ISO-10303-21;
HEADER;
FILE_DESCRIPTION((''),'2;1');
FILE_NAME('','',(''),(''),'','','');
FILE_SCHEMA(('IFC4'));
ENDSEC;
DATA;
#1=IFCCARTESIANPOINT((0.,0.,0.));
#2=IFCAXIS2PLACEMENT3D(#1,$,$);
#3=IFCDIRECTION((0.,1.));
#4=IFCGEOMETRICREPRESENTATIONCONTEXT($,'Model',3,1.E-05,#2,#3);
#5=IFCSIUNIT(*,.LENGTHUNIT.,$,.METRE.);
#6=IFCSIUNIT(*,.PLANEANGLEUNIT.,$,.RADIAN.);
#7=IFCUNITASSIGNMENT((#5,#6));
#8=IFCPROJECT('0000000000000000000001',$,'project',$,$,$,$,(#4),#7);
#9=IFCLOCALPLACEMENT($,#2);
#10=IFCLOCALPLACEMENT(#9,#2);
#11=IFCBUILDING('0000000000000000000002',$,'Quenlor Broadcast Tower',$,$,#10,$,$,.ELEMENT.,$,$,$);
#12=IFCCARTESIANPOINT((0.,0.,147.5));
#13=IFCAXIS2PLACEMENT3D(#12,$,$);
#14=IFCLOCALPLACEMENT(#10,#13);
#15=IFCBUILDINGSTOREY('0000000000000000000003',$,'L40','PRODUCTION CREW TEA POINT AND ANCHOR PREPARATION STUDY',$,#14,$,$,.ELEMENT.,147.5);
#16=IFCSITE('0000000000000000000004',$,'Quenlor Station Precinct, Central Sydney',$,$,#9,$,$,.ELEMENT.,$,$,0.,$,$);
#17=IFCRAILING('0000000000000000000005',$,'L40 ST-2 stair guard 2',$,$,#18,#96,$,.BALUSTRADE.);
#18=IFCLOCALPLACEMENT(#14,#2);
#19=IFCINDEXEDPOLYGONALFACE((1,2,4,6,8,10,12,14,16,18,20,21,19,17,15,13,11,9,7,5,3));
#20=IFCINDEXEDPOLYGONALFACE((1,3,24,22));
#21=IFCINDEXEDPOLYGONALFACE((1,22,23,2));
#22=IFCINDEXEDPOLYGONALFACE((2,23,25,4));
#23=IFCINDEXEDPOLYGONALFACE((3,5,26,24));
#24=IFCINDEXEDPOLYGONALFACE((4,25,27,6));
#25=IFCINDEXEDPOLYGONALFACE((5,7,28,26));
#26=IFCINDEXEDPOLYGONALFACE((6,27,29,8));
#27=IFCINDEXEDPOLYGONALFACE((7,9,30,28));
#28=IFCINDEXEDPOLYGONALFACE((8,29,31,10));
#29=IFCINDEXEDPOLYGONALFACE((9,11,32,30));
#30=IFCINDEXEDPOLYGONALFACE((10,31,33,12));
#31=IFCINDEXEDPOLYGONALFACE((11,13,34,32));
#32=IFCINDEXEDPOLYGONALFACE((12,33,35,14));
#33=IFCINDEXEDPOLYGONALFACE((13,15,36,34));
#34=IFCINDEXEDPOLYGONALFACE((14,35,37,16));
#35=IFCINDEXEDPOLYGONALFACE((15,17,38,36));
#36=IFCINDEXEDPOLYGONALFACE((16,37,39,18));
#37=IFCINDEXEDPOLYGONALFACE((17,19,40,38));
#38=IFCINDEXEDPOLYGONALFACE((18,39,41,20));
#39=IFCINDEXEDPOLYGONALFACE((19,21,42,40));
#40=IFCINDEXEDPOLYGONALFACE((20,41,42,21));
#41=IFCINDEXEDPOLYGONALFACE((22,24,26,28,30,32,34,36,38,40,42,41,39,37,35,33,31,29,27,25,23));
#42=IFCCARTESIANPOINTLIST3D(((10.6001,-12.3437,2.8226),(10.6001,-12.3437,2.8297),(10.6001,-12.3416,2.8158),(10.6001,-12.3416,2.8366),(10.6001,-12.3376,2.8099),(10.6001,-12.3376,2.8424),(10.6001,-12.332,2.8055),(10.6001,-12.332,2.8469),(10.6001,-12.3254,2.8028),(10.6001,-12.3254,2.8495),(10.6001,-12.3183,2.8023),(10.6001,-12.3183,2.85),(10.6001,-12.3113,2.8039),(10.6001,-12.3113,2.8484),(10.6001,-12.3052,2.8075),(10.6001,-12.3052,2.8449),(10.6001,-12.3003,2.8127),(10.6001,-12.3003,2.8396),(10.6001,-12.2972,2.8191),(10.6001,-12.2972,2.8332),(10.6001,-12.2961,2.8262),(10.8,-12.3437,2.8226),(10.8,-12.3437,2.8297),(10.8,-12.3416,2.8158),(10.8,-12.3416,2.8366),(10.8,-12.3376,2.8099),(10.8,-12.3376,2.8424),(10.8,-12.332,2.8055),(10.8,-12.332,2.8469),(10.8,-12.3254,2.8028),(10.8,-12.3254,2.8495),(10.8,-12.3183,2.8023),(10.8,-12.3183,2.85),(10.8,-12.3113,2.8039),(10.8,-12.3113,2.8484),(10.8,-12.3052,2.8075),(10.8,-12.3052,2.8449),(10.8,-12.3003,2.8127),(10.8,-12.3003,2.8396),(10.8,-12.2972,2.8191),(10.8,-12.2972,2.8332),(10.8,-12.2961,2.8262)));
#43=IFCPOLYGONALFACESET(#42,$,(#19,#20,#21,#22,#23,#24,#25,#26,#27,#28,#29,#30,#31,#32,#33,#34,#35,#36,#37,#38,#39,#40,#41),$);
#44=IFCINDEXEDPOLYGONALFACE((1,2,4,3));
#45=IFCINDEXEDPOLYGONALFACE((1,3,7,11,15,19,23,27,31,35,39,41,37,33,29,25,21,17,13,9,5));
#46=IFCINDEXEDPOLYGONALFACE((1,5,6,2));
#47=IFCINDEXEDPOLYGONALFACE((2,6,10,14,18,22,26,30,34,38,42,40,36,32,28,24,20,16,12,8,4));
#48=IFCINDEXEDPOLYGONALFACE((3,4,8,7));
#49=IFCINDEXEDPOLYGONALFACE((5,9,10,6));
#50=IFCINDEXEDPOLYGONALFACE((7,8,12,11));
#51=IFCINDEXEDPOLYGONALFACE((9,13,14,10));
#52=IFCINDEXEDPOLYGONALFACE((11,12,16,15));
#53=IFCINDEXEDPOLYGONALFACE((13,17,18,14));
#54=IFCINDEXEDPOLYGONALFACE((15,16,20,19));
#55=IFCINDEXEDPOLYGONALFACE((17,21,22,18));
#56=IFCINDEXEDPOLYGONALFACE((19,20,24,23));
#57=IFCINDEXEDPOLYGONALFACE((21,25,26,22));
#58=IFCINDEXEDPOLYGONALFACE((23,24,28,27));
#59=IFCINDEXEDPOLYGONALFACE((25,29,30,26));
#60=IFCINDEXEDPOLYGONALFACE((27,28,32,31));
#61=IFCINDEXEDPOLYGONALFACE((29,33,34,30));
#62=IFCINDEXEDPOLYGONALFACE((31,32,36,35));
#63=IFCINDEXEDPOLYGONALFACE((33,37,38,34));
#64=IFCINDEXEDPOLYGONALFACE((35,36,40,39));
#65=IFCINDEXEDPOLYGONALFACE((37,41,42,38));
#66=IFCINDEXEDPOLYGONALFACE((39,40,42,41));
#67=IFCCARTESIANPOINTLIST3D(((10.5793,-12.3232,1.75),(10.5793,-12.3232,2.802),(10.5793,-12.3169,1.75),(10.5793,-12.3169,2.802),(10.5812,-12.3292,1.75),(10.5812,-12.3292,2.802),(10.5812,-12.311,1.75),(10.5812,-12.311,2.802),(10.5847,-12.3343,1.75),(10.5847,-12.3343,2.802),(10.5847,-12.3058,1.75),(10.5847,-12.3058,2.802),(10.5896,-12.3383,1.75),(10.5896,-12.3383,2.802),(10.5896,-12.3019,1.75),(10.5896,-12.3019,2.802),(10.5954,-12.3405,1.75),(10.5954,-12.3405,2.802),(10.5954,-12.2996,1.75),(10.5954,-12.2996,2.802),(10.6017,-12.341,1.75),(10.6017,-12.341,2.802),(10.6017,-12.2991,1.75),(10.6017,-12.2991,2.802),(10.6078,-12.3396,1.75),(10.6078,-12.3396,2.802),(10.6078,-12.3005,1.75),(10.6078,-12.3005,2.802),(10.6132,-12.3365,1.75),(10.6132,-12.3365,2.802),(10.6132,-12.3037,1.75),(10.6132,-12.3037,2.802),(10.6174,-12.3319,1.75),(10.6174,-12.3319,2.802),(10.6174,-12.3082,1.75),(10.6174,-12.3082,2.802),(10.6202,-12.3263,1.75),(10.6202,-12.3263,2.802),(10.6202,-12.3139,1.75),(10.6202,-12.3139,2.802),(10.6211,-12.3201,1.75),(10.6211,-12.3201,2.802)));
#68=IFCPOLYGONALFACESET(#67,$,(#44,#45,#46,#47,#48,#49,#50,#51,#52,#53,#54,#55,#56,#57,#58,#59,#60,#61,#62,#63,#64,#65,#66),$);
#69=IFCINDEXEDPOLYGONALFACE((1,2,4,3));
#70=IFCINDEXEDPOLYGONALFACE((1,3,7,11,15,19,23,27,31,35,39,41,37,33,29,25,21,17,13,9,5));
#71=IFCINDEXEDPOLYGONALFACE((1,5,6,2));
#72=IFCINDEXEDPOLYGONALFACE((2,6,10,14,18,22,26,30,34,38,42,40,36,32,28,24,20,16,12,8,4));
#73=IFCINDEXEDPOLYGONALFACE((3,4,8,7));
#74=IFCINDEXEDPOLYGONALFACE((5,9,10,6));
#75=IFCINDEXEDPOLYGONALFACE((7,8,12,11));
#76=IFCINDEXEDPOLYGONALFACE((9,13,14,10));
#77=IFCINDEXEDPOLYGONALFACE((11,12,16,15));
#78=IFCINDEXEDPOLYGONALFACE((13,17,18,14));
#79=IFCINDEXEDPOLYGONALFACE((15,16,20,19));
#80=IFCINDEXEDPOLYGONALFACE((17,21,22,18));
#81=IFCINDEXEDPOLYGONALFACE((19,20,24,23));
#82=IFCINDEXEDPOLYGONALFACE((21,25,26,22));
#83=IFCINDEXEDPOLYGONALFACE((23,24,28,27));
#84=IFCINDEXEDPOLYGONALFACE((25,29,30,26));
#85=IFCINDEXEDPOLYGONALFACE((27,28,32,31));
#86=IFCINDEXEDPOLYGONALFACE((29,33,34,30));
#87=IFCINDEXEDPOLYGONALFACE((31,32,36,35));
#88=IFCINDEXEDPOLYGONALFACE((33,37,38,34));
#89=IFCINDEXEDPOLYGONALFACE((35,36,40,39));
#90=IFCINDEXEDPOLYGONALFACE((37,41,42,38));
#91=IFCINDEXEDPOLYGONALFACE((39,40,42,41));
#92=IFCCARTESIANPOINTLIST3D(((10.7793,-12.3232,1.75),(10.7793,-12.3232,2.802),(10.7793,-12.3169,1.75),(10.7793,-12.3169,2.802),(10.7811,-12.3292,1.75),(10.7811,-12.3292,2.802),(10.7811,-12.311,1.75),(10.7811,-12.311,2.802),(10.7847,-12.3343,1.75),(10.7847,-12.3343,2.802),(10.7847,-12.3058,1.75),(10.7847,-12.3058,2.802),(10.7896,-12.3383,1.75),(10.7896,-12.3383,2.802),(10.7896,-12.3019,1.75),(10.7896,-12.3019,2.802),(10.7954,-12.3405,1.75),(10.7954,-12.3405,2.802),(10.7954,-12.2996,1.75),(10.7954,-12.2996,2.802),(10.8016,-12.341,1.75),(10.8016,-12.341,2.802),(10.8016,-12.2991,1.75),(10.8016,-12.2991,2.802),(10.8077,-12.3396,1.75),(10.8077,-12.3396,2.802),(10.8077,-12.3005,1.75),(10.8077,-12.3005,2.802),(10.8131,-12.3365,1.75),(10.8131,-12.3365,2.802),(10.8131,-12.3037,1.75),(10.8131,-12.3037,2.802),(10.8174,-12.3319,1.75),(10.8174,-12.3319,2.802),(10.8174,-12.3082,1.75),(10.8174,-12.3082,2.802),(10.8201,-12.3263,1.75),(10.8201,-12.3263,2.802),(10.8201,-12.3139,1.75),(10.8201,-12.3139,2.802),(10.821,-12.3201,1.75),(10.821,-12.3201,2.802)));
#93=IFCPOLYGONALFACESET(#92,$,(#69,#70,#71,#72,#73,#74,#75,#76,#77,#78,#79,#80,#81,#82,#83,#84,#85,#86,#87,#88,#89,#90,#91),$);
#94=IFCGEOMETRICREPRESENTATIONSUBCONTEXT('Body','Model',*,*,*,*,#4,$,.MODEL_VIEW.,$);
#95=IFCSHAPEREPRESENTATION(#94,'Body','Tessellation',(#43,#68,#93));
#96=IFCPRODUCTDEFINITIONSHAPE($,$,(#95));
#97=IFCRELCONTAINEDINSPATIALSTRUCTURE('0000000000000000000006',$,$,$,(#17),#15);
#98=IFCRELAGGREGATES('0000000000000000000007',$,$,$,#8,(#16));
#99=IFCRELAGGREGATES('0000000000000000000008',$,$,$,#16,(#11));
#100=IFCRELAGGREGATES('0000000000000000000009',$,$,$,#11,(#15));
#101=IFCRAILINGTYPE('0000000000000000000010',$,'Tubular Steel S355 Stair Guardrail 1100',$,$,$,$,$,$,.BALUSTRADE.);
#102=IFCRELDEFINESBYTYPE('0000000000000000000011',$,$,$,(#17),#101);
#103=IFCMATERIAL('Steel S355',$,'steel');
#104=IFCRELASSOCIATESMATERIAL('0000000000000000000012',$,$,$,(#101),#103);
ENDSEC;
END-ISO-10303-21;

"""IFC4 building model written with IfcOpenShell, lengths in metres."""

from ifc_helpers import new_model, si_unit, direction, frame, origin, origin_2d, place, context, subcontext, project, spatial, circle, extrude, material, type_object, element, save


model = new_model("IFC4")

# Units and contexts
model_context = context("Model", 3, precision=1e-05, world=origin(), true_north=direction((0.0, 1.0)))
body_context = subcontext(model_context, "Body", "Model", "MODEL_VIEW")
ifc_project = project(units=[si_unit("LENGTHUNIT", "METRE"), si_unit("PLANEANGLEUNIT", "RADIAN")], contexts=[model_context])

# Site, building, storey
site_placement = place(None, origin())
site = spatial("IfcSite", under=ifc_project, at=site_placement, Name="Quenlor Station Precinct, Central Sydney", CompositionType="ELEMENT", RefElevation=0.0)
building_placement = place(site_placement, origin())
building = spatial("IfcBuilding", under=site, at=building_placement, Name="Quenlor Broadcast Tower", CompositionType="ELEMENT")
storey_placement = place(building_placement, frame((0.0, 0.0, 147.5)))
storey = spatial("IfcBuildingStorey", under=building, at=storey_placement, Name="L40", Description="PRODUCTION CREW TEA POINT AND ANCHOR PREPARATION STUDY", CompositionType="ELEMENT", Elevation=147.5)

# Railing
ifc_material_1 = material(Name="Steel S355", Category="steel")
railing_type_1 = type_object("IfcRailingType", Name="Tubular Steel S355 Stair Guardrail 1100", PredefinedType="BALUSTRADE", material=ifc_material_1)
railing_1_placement = place(storey_placement, frame((10.6001, -12.3201, 1.75)))
element("IfcRailing", 1, at=railing_1_placement, inside=storey, type_object=railing_type_1, Name="L40 ST-2 stair guard 2", PredefinedType="BALUSTRADE", context=body_context, shape_type="SweptSolid", body=[
    extrude(circle(Radius=0.0239, at=origin_2d()), frame((0.0, 0.0, 1.0762), z_axis=(1.0, 0.0, 0.0), x_axis=(0.0, 1.0, 0.0)), (0.0, 0.0, 1.0), 0.2),
    extrude(circle(Radius=0.021, at=origin_2d()), origin(), (0.0, 0.0, 1.0), 1.052),
    extrude(circle(Radius=0.021, at=origin_2d()), frame((0.2, 0.0, 0.0)), (0.0, 0.0, 1.0), 1.052),
])

save(model, "model.ifc")
